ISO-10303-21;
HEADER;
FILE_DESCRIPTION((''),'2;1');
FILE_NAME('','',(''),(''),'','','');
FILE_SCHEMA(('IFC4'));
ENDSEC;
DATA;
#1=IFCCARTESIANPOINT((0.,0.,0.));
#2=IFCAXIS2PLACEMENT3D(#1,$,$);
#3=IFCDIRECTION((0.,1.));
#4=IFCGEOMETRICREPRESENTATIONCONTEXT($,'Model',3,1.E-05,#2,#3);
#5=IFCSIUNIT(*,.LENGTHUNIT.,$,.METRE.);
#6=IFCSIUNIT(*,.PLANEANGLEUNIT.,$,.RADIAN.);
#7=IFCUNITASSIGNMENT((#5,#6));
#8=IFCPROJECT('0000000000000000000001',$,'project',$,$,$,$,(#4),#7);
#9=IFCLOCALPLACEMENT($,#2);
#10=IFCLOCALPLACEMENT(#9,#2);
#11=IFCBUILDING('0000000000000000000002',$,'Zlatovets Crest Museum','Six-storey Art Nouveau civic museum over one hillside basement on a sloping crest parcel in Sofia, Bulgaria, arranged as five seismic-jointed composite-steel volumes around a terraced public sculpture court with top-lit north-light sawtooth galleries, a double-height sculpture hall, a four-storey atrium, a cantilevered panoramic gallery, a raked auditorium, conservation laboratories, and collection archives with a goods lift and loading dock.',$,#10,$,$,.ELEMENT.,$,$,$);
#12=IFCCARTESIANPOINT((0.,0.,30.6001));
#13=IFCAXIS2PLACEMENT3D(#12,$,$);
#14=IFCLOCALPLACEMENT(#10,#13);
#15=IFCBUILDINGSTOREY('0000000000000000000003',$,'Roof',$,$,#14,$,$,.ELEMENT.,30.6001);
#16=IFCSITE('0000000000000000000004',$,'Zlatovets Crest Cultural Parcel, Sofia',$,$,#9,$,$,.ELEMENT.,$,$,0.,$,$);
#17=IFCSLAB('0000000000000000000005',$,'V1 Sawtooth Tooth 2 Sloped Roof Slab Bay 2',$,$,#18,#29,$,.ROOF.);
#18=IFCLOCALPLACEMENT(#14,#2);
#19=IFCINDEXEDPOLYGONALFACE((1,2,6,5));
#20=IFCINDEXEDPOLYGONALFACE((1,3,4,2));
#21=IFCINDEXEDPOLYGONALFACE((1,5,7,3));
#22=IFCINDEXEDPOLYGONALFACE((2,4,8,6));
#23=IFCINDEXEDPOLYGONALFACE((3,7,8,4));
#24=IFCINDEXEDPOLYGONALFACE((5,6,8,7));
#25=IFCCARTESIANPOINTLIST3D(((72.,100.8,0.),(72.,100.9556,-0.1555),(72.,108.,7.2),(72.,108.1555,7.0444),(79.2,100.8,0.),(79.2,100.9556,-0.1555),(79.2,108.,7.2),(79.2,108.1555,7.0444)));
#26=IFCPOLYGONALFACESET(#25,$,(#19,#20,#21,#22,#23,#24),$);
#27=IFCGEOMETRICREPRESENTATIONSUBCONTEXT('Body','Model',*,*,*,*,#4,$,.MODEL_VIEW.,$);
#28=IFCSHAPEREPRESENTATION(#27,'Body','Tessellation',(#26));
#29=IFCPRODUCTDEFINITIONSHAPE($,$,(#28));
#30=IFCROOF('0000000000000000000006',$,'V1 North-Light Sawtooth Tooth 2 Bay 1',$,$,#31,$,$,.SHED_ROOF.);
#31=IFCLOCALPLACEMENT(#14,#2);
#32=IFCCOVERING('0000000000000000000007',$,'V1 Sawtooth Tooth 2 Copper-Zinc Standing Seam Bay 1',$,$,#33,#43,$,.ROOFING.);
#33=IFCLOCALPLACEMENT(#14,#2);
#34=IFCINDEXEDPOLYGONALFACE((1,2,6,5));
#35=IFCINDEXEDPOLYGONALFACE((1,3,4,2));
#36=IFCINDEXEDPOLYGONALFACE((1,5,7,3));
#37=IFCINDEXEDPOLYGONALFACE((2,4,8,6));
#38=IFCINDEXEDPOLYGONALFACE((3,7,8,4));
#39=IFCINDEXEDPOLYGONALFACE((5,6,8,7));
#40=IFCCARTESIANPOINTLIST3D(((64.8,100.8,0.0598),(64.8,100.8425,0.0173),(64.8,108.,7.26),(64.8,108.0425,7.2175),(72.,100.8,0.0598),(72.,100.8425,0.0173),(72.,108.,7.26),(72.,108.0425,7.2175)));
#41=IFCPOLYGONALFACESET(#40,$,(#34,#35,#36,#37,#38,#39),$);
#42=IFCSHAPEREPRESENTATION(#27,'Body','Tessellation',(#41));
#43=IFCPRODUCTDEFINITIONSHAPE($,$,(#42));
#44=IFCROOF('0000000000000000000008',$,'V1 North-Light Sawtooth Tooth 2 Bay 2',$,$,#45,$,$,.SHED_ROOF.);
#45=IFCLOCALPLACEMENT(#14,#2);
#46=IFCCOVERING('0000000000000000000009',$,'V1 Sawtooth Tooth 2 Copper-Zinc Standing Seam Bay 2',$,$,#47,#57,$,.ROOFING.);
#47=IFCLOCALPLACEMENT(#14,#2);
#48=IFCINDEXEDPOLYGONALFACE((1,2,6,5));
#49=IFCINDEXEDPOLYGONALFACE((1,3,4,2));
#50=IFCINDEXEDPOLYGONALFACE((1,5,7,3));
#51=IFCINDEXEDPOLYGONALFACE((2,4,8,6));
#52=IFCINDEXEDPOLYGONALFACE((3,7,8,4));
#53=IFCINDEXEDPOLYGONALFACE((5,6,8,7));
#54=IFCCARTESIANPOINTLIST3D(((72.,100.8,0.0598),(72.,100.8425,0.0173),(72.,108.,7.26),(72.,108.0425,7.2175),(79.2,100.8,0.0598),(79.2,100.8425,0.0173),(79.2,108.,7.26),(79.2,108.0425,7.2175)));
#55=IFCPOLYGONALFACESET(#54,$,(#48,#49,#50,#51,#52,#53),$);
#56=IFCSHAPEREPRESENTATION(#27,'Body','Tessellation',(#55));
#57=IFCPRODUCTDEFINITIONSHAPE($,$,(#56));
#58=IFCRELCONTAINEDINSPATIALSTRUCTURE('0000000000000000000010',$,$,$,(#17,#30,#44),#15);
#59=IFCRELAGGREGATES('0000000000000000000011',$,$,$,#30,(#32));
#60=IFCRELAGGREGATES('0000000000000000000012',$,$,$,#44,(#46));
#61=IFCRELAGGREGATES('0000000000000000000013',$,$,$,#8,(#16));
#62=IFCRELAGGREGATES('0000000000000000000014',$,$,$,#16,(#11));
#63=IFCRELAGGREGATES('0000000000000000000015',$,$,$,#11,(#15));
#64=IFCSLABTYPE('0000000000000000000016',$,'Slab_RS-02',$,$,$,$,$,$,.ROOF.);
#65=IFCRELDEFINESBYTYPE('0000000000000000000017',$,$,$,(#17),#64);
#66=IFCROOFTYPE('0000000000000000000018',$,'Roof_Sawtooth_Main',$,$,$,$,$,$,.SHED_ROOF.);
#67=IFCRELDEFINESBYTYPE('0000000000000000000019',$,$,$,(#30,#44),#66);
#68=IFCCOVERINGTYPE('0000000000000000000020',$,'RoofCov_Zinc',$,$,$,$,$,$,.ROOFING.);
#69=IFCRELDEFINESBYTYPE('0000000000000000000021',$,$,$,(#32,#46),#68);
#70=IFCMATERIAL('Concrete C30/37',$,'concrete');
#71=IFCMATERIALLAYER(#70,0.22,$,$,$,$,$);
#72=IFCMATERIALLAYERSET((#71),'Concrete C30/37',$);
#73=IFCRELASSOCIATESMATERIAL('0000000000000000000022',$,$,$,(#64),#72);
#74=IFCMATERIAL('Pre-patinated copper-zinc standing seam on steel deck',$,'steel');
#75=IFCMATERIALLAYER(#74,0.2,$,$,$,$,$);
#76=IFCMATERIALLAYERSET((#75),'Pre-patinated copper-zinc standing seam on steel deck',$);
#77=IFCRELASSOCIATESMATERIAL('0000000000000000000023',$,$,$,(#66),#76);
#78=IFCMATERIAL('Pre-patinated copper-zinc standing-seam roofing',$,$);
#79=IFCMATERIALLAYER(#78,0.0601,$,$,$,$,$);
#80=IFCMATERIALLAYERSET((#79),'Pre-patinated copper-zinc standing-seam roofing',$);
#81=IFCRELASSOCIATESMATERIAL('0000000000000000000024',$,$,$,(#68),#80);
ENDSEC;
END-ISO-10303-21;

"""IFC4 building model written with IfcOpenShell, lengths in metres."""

from ifc_helpers import new_model, si_unit, direction, frame, origin, place, context, subcontext, project, spatial, polyline, outline, extrude, material, layer, layer_set, type_object, element, aggregate, save


model = new_model("IFC4")

# Units and contexts
model_context = context("Model", 3, precision=1e-05, world=origin(), true_north=direction((0.0, 1.0)))
body_context = subcontext(model_context, "Body", "Model", "MODEL_VIEW")
ifc_project = project(units=[si_unit("LENGTHUNIT", "METRE"), si_unit("PLANEANGLEUNIT", "RADIAN")], contexts=[model_context])

# Site, building, storey
site_placement = place(None, origin())
site = spatial("IfcSite", under=ifc_project, at=site_placement, Name="Zlatovets Crest Cultural Parcel, Sofia", CompositionType="ELEMENT", RefElevation=0.0)
building_placement = place(site_placement, origin())
building = spatial("IfcBuilding", under=site, at=building_placement, Name="Zlatovets Crest Museum", Description="Six-storey Art Nouveau civic museum over one hillside basement on a sloping crest parcel in Sofia, Bulgaria, arranged as five seismic-jointed composite-steel volumes around a terraced public sculpture court with top-lit north-light sawtooth galleries, a double-height sculpture hall, a four-storey atrium, a cantilevered panoramic gallery, a raked auditorium, conservation laboratories, and collection archives with a goods lift and loading dock.", CompositionType="ELEMENT")
storey_placement = place(building_placement, frame((0.0, 0.0, 30.6001)))
storey = spatial("IfcBuildingStorey", under=building, at=storey_placement, Name="Roof", CompositionType="ELEMENT", Elevation=30.6001)

# Slab
ifc_material_1 = material(Name="Concrete C30/37", Category="concrete")
ifc_layer_1 = layer(ifc_material_1, 0.22)
ifc_layer_set_1 = layer_set([ifc_layer_1], Name="Concrete C30/37")
slab_type = type_object("IfcSlabType", Name="Slab_RS-02", PredefinedType="ROOF", material=ifc_layer_set_1)
for number, where, z_axis, x_axis, name in (
    (1, (72.0, 100.8, 0.0), (0.0, -0.707107, 0.707107), (1.0, 0.0, 0.0), "V1 Sawtooth Tooth 2 Sloped Roof Slab Bay 2"),
):
    element("IfcSlab", number, at=place(storey_placement, frame(where, z_axis=z_axis, x_axis=x_axis)), inside=storey, type_object=slab_type, Name=name, PredefinedType="ROOF", context=body_context, shape_type="SweptSolid", body=[
        extrude(outline(polyline([(0.0, 0.0), (7.2, 0.0), (7.2, 10.1823), (0.0, 10.1823), (0.0, 0.0)])), origin(), (0.0, 0.0, -1.0), 0.22),
    ])

# Roofs, coverings
ifc_material_2 = material(Name="Pre-patinated copper-zinc standing seam on steel deck", Category="steel")
ifc_layer_2 = layer(ifc_material_2, 0.2)
ifc_layer_set_2 = layer_set([ifc_layer_2], Name="Pre-patinated copper-zinc standing seam on steel deck")
roof_type = type_object("IfcRoofType", Name="Roof_Sawtooth_Main", PredefinedType="SHED_ROOF", material=ifc_layer_set_2)
roof_1_placement = place(storey_placement, origin())
roof_1 = element("IfcRoof", 2, at=roof_1_placement, inside=storey, type_object=roof_type, Name="V1 North-Light Sawtooth Tooth 2 Bay 1", PredefinedType="SHED_ROOF")
ifc_material_3 = material(Name="Pre-patinated copper-zinc standing-seam roofing")
ifc_layer_3 = layer(ifc_material_3, 0.0601)
ifc_layer_set_3 = layer_set([ifc_layer_3], Name="Pre-patinated copper-zinc standing-seam roofing")
covering_type = type_object("IfcCoveringType", Name="RoofCov_Zinc", PredefinedType="ROOFING", material=ifc_layer_set_3)
covering_1_placement = place(storey_placement, frame((64.8, 100.8, 0.0598), z_axis=(0.0, -0.707119, 0.707095), x_axis=(1.0, 0.0, 0.0)))
covering_1 = element("IfcCovering", 3, at=covering_1_placement, type_object=covering_type, Name="V1 Sawtooth Tooth 2 Copper-Zinc Standing Seam Bay 1", PredefinedType="ROOFING", context=body_context, shape_type="SweptSolid", body=[
    extrude(outline(polyline([(0.0, 0.0), (7.2, 0.0), (7.2, 10.1824), (0.0, 10.1824), (0.0, 0.0)])), origin(), (0.0, 0.0, -1.0), 0.0601),
])
aggregate(roof_1, [covering_1])
roof_2_placement = place(storey_placement, origin())
roof_2 = element("IfcRoof", 4, at=roof_2_placement, inside=storey, type_object=roof_type, Name="V1 North-Light Sawtooth Tooth 2 Bay 2", PredefinedType="SHED_ROOF")
covering_2_placement = place(storey_placement, frame((72.0, 100.8, 0.0598), z_axis=(0.0, -0.707119, 0.707095), x_axis=(1.0, 0.0, 0.0)))
covering_2 = element("IfcCovering", 5, at=covering_2_placement, type_object=covering_type, Name="V1 Sawtooth Tooth 2 Copper-Zinc Standing Seam Bay 2", PredefinedType="ROOFING", context=body_context, shape_type="SweptSolid", body=[
    extrude(outline(polyline([(0.0, 0.0), (7.2, 0.0), (7.2, 10.1824), (0.0, 10.1824), (0.0, 0.0)])), origin(), (0.0, 0.0, -1.0), 0.0601),
])
aggregate(roof_2, [covering_2])

save(model, "model.ifc")
